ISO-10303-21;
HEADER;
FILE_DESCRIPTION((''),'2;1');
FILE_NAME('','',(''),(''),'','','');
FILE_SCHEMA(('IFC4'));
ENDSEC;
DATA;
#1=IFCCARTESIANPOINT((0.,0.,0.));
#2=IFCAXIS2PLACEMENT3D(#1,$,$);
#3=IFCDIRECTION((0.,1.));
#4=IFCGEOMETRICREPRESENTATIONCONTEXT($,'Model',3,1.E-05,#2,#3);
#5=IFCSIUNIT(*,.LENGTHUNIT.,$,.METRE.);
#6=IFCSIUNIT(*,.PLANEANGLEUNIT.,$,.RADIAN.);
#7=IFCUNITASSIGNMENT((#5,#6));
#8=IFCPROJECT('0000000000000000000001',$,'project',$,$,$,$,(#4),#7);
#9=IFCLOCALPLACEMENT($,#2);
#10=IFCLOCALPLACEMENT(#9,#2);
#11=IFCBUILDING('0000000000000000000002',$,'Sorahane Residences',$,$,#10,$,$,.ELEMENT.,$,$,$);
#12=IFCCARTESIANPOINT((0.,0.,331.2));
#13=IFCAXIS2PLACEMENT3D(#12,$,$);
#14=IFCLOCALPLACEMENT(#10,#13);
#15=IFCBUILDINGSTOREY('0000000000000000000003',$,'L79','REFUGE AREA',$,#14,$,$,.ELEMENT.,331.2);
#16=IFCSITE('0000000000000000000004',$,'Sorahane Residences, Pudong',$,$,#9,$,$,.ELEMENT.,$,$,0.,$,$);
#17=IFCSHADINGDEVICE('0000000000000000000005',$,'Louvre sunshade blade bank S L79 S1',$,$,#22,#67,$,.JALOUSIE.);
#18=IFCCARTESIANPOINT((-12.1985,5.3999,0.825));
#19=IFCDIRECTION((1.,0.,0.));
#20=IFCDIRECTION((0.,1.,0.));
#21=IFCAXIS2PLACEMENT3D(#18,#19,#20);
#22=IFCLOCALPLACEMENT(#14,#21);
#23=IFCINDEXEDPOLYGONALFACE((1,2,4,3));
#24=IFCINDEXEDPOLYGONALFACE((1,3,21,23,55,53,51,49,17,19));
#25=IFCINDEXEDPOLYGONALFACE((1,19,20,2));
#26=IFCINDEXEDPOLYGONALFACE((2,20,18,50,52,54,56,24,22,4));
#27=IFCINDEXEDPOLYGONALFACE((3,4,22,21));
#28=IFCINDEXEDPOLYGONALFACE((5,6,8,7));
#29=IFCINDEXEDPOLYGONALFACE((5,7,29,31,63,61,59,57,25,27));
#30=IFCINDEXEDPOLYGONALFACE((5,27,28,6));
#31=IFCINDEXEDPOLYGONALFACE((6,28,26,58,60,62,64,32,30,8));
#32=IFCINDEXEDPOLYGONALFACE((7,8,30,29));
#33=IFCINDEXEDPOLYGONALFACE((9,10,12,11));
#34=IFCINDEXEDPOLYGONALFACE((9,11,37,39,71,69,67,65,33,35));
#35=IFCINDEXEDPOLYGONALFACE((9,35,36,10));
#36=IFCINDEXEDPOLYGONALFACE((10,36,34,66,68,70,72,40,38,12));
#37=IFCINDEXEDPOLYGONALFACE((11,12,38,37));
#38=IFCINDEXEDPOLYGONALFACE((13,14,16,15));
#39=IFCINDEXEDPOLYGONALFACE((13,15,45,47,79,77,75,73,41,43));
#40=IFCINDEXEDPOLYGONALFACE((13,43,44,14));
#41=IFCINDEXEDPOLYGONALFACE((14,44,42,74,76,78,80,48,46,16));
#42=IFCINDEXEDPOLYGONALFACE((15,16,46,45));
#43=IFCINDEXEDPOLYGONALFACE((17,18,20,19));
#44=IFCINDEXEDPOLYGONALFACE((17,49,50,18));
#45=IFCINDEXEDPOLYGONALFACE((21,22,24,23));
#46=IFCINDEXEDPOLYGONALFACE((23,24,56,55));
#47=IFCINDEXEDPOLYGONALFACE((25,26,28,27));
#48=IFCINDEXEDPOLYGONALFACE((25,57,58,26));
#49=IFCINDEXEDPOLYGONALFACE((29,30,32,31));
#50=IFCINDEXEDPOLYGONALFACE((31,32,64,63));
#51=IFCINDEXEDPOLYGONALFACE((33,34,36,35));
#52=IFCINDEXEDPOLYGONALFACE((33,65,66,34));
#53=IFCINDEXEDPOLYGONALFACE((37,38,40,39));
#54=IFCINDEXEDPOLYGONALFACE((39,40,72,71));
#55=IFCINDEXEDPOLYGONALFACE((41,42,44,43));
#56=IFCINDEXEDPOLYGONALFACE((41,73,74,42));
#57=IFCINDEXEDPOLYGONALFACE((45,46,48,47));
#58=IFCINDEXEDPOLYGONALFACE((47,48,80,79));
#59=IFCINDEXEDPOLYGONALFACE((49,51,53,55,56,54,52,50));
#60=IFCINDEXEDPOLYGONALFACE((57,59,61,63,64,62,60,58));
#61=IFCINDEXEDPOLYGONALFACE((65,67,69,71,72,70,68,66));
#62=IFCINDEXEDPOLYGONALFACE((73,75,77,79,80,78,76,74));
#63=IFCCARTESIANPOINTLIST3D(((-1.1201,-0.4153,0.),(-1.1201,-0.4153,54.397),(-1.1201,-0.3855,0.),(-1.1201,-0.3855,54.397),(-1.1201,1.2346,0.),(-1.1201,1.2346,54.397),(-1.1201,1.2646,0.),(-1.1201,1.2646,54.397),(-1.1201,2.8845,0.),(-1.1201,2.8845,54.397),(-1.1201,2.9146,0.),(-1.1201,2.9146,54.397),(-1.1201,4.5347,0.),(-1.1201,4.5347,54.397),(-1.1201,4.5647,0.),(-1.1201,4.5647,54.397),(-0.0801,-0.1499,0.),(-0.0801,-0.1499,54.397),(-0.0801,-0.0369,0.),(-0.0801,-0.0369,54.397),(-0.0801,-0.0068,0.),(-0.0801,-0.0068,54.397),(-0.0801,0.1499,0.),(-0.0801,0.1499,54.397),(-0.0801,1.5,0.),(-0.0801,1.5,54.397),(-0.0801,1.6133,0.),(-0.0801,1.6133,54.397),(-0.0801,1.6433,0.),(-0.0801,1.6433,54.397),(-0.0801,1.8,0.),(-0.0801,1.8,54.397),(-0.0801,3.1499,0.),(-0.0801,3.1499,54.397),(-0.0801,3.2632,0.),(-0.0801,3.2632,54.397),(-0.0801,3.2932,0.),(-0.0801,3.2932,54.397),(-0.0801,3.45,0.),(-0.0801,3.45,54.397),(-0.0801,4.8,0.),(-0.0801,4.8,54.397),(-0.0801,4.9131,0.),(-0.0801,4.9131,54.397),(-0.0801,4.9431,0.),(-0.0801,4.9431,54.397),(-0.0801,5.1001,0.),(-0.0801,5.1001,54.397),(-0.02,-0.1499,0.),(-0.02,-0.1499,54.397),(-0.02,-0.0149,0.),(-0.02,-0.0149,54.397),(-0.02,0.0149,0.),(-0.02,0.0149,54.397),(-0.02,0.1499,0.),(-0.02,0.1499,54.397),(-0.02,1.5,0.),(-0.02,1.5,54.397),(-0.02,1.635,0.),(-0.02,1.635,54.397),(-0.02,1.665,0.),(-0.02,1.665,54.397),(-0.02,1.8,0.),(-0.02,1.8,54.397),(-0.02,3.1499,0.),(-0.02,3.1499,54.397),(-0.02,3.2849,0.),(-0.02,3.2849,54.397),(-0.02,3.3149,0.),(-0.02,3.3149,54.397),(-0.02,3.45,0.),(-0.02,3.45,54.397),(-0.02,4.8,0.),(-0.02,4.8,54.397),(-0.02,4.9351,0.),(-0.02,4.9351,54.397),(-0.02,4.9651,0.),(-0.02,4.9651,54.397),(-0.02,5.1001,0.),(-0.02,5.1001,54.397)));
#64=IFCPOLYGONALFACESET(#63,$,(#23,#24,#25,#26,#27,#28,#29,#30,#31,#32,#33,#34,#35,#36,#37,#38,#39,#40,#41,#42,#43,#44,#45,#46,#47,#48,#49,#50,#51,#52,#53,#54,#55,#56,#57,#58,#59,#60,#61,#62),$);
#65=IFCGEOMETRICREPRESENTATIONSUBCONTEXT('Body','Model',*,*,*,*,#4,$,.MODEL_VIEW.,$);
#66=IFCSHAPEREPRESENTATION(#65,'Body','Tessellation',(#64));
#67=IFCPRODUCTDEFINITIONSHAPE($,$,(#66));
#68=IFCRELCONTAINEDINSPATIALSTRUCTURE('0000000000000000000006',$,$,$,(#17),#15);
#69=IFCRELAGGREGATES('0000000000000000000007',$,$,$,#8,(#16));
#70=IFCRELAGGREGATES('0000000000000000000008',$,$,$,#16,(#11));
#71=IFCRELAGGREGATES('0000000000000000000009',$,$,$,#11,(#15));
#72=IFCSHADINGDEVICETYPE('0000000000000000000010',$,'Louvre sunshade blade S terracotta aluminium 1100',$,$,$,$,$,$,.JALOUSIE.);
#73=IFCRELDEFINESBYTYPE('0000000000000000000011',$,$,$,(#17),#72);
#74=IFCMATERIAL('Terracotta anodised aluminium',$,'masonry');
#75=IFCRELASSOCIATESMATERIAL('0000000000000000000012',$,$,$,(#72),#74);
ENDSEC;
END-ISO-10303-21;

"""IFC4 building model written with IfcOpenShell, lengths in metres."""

from ifc_helpers import new_model, si_unit, direction, frame, origin, place, context, subcontext, project, spatial, polyline, outline, composite_profile, extrude, material, type_object, element, save


model = new_model("IFC4")

# Units and contexts
model_context = context("Model", 3, precision=1e-05, world=origin(), true_north=direction((0.0, 1.0)))
body_context = subcontext(model_context, "Body", "Model", "MODEL_VIEW")
ifc_project = project(units=[si_unit("LENGTHUNIT", "METRE"), si_unit("PLANEANGLEUNIT", "RADIAN")], contexts=[model_context])

# Site, building, storey
site_placement = place(None, origin())
site = spatial("IfcSite", under=ifc_project, at=site_placement, Name="Sorahane Residences, Pudong", CompositionType="ELEMENT", RefElevation=0.0)
building_placement = place(site_placement, origin())
building = spatial("IfcBuilding", under=site, at=building_placement, Name="Sorahane Residences", CompositionType="ELEMENT")
storey_placement = place(building_placement, frame((0.0, 0.0, 331.2)))
storey = spatial("IfcBuildingStorey", under=building, at=storey_placement, Name="L79", Description="REFUGE AREA", CompositionType="ELEMENT", Elevation=331.2)

# Shading device
ifc_material_1 = material(Name="Terracotta anodised aluminium", Category="masonry")
shading_device_type = type_object("IfcShadingDeviceType", Name="Louvre sunshade blade S terracotta aluminium 1100", PredefinedType="JALOUSIE", material=ifc_material_1)
shading_device_placement = place(storey_placement, frame((-12.1985, 5.3999, 0.825), z_axis=(1.0, 0.0, 0.0), x_axis=(0.0, 1.0, 0.0)))
element("IfcShadingDevice", 1, at=shading_device_placement, inside=storey, type_object=shading_device_type, Name="Louvre sunshade blade bank S L79 S1", PredefinedType="JALOUSIE", context=body_context, shape_type="SweptSolid", body=[
    extrude(composite_profile([outline(polyline([(-1.1201, -0.3855), (-1.1201, -0.4153), (-0.0801, -0.0369), (-0.0801, -0.1499), (-0.02, -0.1499), (-0.02, -0.0149), (-0.02, 0.0149), (-0.02, 0.1499), (-0.0801, 0.1499), (-0.0801, -0.0068), (-1.1201, -0.3855)])), outline(polyline([(-1.1201, 1.2646), (-1.1201, 1.2346), (-0.0801, 1.6133), (-0.0801, 1.5), (-0.02, 1.5), (-0.02, 1.635), (-0.02, 1.665), (-0.02, 1.8), (-0.0801, 1.8), (-0.0801, 1.6433), (-1.1201, 1.2646)])), outline(polyline([(-1.1201, 2.9146), (-1.1201, 2.8845), (-0.0801, 3.2632), (-0.0801, 3.1499), (-0.02, 3.1499), (-0.02, 3.2849), (-0.02, 3.3149), (-0.02, 3.45), (-0.0801, 3.45), (-0.0801, 3.2932), (-1.1201, 2.9146)])), outline(polyline([(-1.1201, 4.5647), (-1.1201, 4.5347), (-0.0801, 4.9131), (-0.0801, 4.8), (-0.02, 4.8), (-0.02, 4.9351), (-0.02, 4.9651), (-0.02, 5.1001), (-0.0801, 5.1001), (-0.0801, 4.9431), (-1.1201, 4.5647)]))]), origin(), (0.0, 0.0, 1.0), 54.397),
])

save(model, "model.ifc")
